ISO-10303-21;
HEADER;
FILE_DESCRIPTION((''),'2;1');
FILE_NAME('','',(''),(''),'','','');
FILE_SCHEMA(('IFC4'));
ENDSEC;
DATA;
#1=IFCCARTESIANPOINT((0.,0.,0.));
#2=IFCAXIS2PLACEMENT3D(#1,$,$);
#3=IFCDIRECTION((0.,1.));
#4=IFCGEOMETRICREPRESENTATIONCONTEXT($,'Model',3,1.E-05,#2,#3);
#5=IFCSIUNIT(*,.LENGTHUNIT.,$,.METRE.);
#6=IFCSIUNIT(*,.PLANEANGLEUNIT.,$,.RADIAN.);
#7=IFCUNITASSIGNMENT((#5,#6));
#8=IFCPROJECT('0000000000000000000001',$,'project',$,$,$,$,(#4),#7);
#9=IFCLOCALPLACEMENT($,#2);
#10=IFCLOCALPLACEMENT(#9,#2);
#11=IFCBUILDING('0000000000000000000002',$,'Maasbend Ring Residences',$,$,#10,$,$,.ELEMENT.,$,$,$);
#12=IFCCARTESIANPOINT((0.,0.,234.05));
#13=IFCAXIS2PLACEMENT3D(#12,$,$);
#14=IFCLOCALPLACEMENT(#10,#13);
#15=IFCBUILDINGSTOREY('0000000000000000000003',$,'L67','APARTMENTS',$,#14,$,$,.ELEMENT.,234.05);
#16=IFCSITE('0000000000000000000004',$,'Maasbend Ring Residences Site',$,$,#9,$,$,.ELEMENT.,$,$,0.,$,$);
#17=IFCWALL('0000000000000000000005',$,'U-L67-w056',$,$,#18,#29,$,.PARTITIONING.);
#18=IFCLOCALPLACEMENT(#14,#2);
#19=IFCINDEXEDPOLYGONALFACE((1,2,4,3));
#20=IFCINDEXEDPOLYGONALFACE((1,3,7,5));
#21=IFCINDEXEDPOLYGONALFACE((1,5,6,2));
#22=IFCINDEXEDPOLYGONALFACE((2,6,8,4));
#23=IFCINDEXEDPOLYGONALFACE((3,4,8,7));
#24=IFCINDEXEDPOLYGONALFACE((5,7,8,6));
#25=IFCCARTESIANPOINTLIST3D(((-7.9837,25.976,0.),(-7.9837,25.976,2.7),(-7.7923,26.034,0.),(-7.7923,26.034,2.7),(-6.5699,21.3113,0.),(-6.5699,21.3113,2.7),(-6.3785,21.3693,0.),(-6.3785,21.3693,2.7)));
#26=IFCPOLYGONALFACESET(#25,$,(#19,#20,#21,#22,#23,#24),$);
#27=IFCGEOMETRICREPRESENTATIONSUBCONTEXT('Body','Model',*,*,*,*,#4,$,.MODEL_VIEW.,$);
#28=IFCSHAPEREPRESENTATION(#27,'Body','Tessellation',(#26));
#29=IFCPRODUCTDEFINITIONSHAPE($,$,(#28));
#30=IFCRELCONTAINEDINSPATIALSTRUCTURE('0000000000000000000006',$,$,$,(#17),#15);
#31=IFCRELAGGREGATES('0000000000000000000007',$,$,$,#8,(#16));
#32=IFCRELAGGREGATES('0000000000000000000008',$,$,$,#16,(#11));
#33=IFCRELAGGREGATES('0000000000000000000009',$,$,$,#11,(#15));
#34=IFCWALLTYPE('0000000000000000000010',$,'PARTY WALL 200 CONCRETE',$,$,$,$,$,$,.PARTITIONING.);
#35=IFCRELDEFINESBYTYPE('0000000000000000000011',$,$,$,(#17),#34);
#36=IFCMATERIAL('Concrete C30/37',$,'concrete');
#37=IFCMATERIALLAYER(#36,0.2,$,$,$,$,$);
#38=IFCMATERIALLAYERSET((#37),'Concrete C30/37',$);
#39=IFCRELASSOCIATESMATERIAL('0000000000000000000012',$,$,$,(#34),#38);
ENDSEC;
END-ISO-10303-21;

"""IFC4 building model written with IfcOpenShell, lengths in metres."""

from ifc_helpers import new_model, si_unit, direction, frame, frame_2d, origin, place, context, subcontext, project, spatial, rectangle, extrude, material, layer, layer_set, type_object, element, save


model = new_model("IFC4")

# Units and contexts
model_context = context("Model", 3, precision=1e-05, world=origin(), true_north=direction((0.0, 1.0)))
body_context = subcontext(model_context, "Body", "Model", "MODEL_VIEW")
ifc_project = project(units=[si_unit("LENGTHUNIT", "METRE"), si_unit("PLANEANGLEUNIT", "RADIAN")], contexts=[model_context])

# Site, building, storey
site_placement = place(None, origin())
site = spatial("IfcSite", under=ifc_project, at=site_placement, Name="Maasbend Ring Residences Site", CompositionType="ELEMENT", RefElevation=0.0)
building_placement = place(site_placement, origin())
building = spatial("IfcBuilding", under=site, at=building_placement, Name="Maasbend Ring Residences", CompositionType="ELEMENT")
storey_placement = place(building_placement, frame((0.0, 0.0, 234.05)))
storey = spatial("IfcBuildingStorey", under=building, at=storey_placement, Name="L67", Description="APARTMENTS", CompositionType="ELEMENT", Elevation=234.05)

# Wall
ifc_material_1 = material(Name="Concrete C30/37", Category="concrete")
ifc_layer_1 = layer(ifc_material_1, 0.2)
ifc_layer_set_1 = layer_set([ifc_layer_1], Name="Concrete C30/37")
wall_type_1 = type_object("IfcWallType", Name="PARTY WALL 200 CONCRETE", PredefinedType="PARTITIONING", material=ifc_layer_set_1)
wall_1_placement = place(storey_placement, frame((-7.8879, 26.0049, 0.0), z_axis=(0.0, 0.0, 1.0), x_axis=(0.290053, -0.957011, 0.0)))
element("IfcWall", 1, at=wall_1_placement, inside=storey, type_object=wall_type_1, Name="U-L67-w056", PredefinedType="PARTITIONING", context=body_context, shape_type="SweptSolid", body=[
    extrude(rectangle(XDim=4.8743, YDim=0.2, at=frame_2d((2.437, 0.0))), origin(), (0.0, 0.0, 1.0), 2.7),
])

save(model, "model.ifc")
